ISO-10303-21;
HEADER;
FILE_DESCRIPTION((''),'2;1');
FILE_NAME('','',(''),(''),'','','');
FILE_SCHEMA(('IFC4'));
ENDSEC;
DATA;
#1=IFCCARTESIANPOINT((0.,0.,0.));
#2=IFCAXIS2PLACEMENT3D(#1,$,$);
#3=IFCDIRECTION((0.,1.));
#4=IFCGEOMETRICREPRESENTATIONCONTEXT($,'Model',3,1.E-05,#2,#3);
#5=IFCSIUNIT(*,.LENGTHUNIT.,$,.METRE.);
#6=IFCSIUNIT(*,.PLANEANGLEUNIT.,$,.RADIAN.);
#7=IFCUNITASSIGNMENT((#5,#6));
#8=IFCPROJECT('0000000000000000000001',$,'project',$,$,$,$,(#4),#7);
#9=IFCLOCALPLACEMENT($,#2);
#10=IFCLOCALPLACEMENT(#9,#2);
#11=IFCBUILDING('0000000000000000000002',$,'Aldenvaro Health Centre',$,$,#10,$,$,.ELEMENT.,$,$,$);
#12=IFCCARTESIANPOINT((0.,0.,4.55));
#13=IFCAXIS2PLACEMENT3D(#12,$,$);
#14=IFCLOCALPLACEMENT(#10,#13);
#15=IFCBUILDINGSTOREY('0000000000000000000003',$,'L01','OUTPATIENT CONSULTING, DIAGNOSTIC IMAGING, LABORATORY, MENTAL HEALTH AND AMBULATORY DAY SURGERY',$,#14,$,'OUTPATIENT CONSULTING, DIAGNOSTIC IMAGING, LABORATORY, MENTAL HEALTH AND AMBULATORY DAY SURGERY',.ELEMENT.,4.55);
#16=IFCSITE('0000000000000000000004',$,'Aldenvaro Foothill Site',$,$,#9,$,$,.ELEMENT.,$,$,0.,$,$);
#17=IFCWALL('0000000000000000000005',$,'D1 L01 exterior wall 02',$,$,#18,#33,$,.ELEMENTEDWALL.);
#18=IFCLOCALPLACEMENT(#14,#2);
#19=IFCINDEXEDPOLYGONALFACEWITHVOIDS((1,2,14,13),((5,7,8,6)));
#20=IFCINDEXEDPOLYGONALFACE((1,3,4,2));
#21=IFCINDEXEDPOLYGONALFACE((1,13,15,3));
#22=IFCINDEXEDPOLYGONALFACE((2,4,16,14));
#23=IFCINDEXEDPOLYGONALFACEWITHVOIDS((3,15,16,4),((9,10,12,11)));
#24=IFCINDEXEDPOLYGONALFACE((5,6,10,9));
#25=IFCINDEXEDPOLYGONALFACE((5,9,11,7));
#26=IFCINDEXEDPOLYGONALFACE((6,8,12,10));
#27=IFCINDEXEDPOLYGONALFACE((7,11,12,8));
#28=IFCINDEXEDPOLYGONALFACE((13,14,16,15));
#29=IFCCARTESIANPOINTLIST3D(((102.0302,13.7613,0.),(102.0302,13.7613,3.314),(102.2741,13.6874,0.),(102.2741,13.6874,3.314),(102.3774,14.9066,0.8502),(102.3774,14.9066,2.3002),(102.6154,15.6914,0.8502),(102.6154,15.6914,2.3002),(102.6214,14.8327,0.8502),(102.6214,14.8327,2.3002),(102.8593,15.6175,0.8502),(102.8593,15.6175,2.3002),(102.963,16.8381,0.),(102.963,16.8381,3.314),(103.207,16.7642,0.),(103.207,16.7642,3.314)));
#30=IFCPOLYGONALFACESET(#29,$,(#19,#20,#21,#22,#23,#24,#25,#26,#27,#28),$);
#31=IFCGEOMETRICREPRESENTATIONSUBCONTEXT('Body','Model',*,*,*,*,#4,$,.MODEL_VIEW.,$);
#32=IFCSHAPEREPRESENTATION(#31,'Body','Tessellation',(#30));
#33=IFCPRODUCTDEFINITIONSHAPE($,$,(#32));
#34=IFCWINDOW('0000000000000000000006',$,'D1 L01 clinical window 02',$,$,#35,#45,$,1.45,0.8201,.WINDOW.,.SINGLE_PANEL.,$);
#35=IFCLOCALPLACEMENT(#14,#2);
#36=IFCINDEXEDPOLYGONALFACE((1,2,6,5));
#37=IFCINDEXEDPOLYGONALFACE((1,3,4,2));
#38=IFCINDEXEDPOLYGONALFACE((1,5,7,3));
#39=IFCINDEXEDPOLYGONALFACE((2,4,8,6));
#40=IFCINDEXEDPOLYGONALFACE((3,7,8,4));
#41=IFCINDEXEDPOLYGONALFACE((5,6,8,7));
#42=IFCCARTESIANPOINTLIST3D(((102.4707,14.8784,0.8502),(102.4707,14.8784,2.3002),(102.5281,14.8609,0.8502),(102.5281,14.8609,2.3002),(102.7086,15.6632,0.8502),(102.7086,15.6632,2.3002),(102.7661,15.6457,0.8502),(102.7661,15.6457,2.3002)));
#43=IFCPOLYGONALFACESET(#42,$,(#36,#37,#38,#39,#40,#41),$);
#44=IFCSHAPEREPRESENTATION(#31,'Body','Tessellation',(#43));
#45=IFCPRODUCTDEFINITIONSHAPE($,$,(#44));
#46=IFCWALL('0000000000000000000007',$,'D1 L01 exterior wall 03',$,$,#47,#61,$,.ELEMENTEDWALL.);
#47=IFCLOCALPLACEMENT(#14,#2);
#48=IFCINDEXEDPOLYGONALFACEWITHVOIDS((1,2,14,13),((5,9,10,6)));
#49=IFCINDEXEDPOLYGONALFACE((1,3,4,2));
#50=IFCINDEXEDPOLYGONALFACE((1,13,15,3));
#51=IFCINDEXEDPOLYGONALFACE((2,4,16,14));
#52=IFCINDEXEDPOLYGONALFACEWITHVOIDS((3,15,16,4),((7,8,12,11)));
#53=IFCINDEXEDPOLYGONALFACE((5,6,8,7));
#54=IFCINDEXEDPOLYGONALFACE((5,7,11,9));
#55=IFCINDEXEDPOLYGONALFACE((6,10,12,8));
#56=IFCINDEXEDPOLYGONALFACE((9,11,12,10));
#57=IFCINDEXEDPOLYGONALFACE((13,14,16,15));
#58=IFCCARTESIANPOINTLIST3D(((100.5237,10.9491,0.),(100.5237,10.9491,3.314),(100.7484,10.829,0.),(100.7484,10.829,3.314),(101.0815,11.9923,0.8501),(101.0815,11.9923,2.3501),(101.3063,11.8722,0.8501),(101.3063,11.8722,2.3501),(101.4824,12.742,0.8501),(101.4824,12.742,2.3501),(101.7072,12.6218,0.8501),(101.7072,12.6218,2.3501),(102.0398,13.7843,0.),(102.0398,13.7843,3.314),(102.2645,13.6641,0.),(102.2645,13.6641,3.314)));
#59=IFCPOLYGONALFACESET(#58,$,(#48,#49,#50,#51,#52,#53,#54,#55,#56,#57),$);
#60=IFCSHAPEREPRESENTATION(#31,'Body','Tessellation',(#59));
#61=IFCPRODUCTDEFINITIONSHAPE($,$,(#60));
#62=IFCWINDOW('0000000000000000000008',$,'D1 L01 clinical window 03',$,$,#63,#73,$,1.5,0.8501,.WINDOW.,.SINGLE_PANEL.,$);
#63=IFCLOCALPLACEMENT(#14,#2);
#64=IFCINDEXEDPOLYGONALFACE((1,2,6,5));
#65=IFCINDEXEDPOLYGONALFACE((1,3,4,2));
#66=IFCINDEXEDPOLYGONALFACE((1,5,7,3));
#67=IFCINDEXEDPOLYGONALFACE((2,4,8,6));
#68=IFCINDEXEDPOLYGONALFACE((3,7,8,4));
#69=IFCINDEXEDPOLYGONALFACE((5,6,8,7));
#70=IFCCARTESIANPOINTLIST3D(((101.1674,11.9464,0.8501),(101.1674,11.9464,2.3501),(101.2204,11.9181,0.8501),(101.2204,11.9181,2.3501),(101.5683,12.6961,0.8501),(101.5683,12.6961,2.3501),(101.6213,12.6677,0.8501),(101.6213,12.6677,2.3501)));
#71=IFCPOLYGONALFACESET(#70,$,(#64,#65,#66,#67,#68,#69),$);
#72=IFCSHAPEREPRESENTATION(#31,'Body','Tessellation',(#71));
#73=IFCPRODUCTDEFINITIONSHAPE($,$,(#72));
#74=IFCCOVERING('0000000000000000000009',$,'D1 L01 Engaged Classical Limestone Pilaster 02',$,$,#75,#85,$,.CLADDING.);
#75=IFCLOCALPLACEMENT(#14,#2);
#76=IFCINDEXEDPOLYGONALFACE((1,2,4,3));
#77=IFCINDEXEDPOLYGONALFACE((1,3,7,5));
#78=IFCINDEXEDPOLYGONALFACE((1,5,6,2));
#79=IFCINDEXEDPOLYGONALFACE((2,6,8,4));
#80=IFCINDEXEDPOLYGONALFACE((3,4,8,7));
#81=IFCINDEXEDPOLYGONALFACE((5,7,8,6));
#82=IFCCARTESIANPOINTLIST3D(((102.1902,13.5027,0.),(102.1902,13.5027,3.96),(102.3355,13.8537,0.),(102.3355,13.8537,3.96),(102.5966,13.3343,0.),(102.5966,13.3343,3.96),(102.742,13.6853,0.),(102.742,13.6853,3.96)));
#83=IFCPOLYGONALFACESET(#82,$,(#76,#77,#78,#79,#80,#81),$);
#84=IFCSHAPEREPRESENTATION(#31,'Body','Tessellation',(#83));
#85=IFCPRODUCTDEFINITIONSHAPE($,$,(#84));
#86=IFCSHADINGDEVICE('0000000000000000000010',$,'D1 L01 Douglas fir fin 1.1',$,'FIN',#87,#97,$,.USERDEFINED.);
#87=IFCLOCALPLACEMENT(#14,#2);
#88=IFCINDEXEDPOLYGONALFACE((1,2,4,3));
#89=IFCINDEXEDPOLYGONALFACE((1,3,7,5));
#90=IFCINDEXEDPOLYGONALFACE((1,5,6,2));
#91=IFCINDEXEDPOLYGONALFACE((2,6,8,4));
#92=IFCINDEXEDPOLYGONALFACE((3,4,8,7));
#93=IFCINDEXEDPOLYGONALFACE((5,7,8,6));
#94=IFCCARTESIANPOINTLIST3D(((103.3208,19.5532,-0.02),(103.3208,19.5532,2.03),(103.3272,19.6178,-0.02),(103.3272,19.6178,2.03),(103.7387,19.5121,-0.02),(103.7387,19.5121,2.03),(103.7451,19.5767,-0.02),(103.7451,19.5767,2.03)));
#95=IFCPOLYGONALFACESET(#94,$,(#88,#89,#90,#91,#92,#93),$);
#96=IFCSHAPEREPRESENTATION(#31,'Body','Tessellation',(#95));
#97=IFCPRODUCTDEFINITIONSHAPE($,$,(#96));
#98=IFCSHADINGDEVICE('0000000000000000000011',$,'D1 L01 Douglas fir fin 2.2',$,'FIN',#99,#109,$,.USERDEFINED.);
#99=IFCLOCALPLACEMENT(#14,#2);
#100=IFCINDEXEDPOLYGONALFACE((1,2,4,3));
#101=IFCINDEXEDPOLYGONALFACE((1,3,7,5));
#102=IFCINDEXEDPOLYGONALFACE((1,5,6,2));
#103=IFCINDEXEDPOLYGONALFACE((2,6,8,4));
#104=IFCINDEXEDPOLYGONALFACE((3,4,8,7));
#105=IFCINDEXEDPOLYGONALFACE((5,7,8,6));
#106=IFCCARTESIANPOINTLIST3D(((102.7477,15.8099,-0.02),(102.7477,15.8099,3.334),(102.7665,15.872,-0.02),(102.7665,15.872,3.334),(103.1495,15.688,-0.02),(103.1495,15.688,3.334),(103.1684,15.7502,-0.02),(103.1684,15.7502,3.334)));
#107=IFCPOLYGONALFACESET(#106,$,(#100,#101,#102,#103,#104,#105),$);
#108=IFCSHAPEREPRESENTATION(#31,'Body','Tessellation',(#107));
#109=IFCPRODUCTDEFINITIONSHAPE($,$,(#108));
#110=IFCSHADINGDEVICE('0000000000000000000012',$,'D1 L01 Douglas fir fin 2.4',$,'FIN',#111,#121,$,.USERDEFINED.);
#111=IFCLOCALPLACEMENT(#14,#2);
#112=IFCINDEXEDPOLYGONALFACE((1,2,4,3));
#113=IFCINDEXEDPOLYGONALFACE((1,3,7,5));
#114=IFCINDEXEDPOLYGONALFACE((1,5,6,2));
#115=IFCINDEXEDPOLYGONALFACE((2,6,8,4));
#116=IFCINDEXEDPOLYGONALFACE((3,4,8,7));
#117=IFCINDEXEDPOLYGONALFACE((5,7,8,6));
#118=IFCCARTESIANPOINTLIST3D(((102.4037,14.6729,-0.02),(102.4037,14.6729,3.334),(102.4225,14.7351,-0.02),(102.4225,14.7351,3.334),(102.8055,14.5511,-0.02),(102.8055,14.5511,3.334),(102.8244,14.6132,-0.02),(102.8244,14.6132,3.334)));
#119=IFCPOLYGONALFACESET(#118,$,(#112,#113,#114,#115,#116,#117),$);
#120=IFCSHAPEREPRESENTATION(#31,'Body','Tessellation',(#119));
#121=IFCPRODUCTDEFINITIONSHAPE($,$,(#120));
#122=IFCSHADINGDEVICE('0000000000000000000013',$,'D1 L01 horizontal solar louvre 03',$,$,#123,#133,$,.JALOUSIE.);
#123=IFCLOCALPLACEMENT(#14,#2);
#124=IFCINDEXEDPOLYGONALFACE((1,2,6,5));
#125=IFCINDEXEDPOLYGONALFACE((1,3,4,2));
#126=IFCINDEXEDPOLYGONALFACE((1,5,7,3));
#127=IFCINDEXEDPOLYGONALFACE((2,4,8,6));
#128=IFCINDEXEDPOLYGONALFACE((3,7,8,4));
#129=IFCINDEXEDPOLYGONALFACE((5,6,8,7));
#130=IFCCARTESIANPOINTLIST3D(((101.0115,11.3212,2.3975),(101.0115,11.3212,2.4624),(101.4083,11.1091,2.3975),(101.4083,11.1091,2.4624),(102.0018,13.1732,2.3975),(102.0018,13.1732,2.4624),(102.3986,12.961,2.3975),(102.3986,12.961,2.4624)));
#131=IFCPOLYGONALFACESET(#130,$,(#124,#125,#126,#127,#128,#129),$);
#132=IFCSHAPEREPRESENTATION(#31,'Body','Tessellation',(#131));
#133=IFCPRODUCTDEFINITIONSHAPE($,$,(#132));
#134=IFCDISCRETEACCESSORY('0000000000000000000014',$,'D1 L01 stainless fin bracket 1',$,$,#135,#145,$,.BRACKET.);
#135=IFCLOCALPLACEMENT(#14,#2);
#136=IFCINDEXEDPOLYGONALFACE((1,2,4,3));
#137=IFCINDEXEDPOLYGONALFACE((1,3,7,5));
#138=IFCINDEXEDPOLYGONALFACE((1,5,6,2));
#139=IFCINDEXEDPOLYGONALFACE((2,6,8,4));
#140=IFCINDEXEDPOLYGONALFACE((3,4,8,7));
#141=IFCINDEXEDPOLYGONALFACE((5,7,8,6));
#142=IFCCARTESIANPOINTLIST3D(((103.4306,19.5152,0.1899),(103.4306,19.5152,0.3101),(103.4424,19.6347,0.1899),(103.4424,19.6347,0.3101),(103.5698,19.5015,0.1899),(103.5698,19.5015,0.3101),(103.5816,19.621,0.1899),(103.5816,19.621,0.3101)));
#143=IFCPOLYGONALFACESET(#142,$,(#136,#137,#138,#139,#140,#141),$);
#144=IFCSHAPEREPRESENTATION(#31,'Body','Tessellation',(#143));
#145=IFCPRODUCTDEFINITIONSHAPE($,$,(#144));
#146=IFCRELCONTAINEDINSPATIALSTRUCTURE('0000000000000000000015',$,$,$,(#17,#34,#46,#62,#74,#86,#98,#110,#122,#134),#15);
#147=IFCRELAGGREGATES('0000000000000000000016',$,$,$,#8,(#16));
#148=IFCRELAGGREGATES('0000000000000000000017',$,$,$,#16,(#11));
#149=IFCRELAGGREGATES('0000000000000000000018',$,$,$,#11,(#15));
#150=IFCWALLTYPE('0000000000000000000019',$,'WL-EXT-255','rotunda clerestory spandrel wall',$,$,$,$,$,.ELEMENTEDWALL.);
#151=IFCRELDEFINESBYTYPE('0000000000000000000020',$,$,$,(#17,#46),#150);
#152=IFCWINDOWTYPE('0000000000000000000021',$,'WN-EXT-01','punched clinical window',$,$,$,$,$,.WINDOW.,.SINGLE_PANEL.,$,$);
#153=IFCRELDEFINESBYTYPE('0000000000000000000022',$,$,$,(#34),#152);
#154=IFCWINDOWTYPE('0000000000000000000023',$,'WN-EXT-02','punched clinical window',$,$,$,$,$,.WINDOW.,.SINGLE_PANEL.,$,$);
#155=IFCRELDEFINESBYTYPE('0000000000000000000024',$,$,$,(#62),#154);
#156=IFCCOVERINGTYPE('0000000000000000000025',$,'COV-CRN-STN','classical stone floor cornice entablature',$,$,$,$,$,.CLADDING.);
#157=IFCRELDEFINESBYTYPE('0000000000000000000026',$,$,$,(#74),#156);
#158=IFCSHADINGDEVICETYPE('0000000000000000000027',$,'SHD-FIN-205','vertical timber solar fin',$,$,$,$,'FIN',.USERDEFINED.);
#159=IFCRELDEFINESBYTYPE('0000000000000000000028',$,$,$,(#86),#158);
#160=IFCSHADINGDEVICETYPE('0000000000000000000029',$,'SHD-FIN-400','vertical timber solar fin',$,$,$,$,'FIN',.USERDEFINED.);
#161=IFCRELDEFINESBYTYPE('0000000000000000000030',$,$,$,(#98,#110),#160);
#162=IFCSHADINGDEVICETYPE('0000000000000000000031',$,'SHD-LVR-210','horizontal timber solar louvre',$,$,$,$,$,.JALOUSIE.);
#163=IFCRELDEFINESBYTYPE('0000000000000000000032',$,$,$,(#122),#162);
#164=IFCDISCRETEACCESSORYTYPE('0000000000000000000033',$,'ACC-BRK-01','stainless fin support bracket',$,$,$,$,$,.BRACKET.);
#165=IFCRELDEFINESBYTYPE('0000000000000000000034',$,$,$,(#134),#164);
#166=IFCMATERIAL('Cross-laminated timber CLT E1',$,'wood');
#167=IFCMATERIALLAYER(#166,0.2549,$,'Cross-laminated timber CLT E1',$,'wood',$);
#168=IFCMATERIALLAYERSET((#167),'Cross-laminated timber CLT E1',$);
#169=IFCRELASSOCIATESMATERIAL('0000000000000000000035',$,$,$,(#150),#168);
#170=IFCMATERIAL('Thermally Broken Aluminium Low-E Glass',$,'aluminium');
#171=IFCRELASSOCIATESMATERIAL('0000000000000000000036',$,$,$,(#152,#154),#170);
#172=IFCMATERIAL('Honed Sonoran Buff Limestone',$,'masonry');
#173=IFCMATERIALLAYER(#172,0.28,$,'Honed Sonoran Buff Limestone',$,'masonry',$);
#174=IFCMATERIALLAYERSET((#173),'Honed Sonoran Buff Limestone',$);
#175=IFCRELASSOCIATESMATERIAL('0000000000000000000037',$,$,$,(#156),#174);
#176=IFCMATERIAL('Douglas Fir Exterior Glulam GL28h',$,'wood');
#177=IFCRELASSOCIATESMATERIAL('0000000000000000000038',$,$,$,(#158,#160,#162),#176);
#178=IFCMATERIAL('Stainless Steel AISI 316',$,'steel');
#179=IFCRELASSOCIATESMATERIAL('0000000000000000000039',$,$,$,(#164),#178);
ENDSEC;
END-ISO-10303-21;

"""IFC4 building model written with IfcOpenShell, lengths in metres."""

from ifc_helpers import new_model, si_unit, direction, frame, frame_2d, origin, origin_2d, place, context, subcontext, project, spatial, rectangle, extrude, material, layer, layer_set, type_object, element, fill, save


model = new_model("IFC4")

# Units and contexts
model_context = context("Model", 3, precision=1e-05, world=origin(), true_north=direction((0.0, 1.0)))
body_context = subcontext(model_context, "Body", "Model", "MODEL_VIEW")
ifc_project = project(units=[si_unit("LENGTHUNIT", "METRE"), si_unit("PLANEANGLEUNIT", "RADIAN")], contexts=[model_context])

# Site, building, storey
site_placement = place(None, origin())
site = spatial("IfcSite", under=ifc_project, at=site_placement, Name="Aldenvaro Foothill Site", CompositionType="ELEMENT", RefElevation=0.0)
building_placement = place(site_placement, origin())
building = spatial("IfcBuilding", under=site, at=building_placement, Name="Aldenvaro Health Centre", CompositionType="ELEMENT")
storey_placement = place(building_placement, frame((0.0, 0.0, 4.55)))
storey = spatial("IfcBuildingStorey", under=building, at=storey_placement, Name="L01", Description="OUTPATIENT CONSULTING, DIAGNOSTIC IMAGING, LABORATORY, MENTAL HEALTH AND AMBULATORY DAY SURGERY", LongName="OUTPATIENT CONSULTING, DIAGNOSTIC IMAGING, LABORATORY, MENTAL HEALTH AND AMBULATORY DAY SURGERY", CompositionType="ELEMENT", Elevation=4.55)

# Walls, openings, windows
ifc_material_1 = material(Name="Cross-laminated timber CLT E1", Category="wood")
ifc_layer_1 = layer(ifc_material_1, 0.2549, Name="Cross-laminated timber CLT E1", Category="wood")
ifc_layer_set_1 = layer_set([ifc_layer_1], Name="Cross-laminated timber CLT E1")
wall_type = type_object("IfcWallType", Name="WL-EXT-255", Description="rotunda clerestory spandrel wall", PredefinedType="ELEMENTEDWALL", material=ifc_layer_set_1)
wall_1_placement = place(storey_placement, frame((103.085, 16.801, 0.0), z_axis=(0.0, 0.0, 1.0), x_axis=(-0.29014, -0.956984, 0.0)))
wall_1 = element("IfcWall", 1, at=wall_1_placement, inside=storey, type_object=wall_type, Name="D1 L01 exterior wall 02", PredefinedType="ELEMENTEDWALL", context=body_context, shape_type="SweptSolid", body=[
    extrude(rectangle(XDim=3.2151, YDim=0.2549, at=frame_2d((1.6074, 0.0))), origin(), (0.0, 0.0, 1.0), 3.314),
])
opening_1_placement = place(wall_1_placement, frame((1.198, 0.0, 0.8501)))
opening_1 = element("IfcOpeningElement", 2, at=opening_1_placement, cuts=wall_1, PredefinedType="OPENING", context=body_context, shape_type="SweptSolid", body=[
    extrude(rectangle(XDim=0.8201, YDim=1.45, at=frame_2d((0.4102, 0.7251))), frame((0.0, 0.1375, 0.0), z_axis=(0.0, -1.0, 0.0), x_axis=(1.0, 0.0, 0.0)), (0.0, 0.0, 1.0), 0.2749),
])
ifc_material_2 = material(Name="Thermally Broken Aluminium Low-E Glass", Category="aluminium")
window_type_1 = type_object("IfcWindowType", Name="WN-EXT-01", Description="punched clinical window", PartitioningType="SINGLE_PANEL", PredefinedType="WINDOW", material=ifc_material_2)
window_1_placement = place(opening_1_placement, origin())
window_1 = element("IfcWindow", 3, at=window_1_placement, inside=storey, type_object=window_type_1, Name="D1 L01 clinical window 02", OverallHeight=1.45, OverallWidth=0.8201, PartitioningType="SINGLE_PANEL", PredefinedType="WINDOW", context=body_context, shape_type="SweptSolid", body=[
    extrude(rectangle(XDim=0.8201, YDim=1.45, at=frame_2d((0.4102, 0.7251))), frame((0.0, 0.03, 0.0), z_axis=(0.0, -1.0, 0.0), x_axis=(1.0, 0.0, 0.0)), (0.0, 0.0, 1.0), 0.0601),
])
fill(opening_1, window_1)
wall_2_placement = place(storey_placement, frame((102.1521, 13.7241, 0.0), z_axis=(0.0, 0.0, 1.0), x_axis=(-0.471558, -0.881835, 0.0)))
wall_2 = element("IfcWall", 4, at=wall_2_placement, inside=storey, type_object=wall_type, Name="D1 L01 exterior wall 03", PredefinedType="ELEMENTEDWALL", context=body_context, shape_type="SweptSolid", body=[
    extrude(rectangle(XDim=3.2151, YDim=0.2549, at=frame_2d((1.6074, 0.0))), origin(), (0.0, 0.0, 1.0), 3.314),
])
opening_2_placement = place(wall_2_placement, frame((1.1819, 0.0, 0.8501)))
opening_2 = element("IfcOpeningElement", 5, at=opening_2_placement, cuts=wall_2, PredefinedType="OPENING", context=body_context, shape_type="SweptSolid", body=[
    extrude(rectangle(XDim=0.8501, YDim=1.5, at=frame_2d((0.425, 0.75))), frame((0.0, 0.1375, 0.0), z_axis=(0.0, -1.0, 0.0), x_axis=(1.0, 0.0, 0.0)), (0.0, 0.0, 1.0), 0.2749),
])
window_type_2 = type_object("IfcWindowType", Name="WN-EXT-02", Description="punched clinical window", PartitioningType="SINGLE_PANEL", PredefinedType="WINDOW", material=ifc_material_2)
window_2_placement = place(opening_2_placement, origin())
window_2 = element("IfcWindow", 6, at=window_2_placement, inside=storey, type_object=window_type_2, Name="D1 L01 clinical window 03", OverallHeight=1.5, OverallWidth=0.8501, PartitioningType="SINGLE_PANEL", PredefinedType="WINDOW", context=body_context, shape_type="SweptSolid", body=[
    extrude(rectangle(XDim=0.8501, YDim=1.5, at=frame_2d((0.425, 0.75))), frame((0.0, 0.03, 0.0), z_axis=(0.0, -1.0, 0.0), x_axis=(1.0, 0.0, 0.0)), (0.0, 0.0, 1.0), 0.0601),
])
fill(opening_2, window_2)

# Covering
ifc_material_3 = material(Name="Honed Sonoran Buff Limestone", Category="masonry")
ifc_layer_2 = layer(ifc_material_3, 0.28, Name="Honed Sonoran Buff Limestone", Category="masonry")
ifc_layer_set_2 = layer_set([ifc_layer_2], Name="Honed Sonoran Buff Limestone")
covering_type = type_object("IfcCoveringType", Name="COV-CRN-STN", Description="classical stone floor cornice entablature", PredefinedType="CLADDING", material=ifc_layer_set_2)
covering_placement = place(storey_placement, frame((102.4661, 13.594, 0.0), z_axis=(0.0, 0.0, 1.0), x_axis=(0.923883, -0.382675, 0.0)))
element("IfcCovering", 7, at=covering_placement, inside=storey, type_object=covering_type, Name="D1 L01 Engaged Classical Limestone Pilaster 02", PredefinedType="CLADDING", context=body_context, shape_type="SweptSolid", body=[
    extrude(rectangle(XDim=0.4399, YDim=0.3799, at=origin_2d()), origin(), (0.0, 0.0, 1.0), 3.96),
])

# Shading devices
ifc_material_4 = material(Name="Douglas Fir Exterior Glulam GL28h", Category="wood")
shading_device_type_1 = type_object("IfcShadingDeviceType", Name="SHD-FIN-205", Description="vertical timber solar fin", ElementType="FIN", PredefinedType="USERDEFINED", material=ifc_material_4)
shading_device_1_placement = place(storey_placement, frame((103.533, 19.5649, -0.02), z_axis=(0.0, 0.0, 1.0), x_axis=(-0.097994, -0.995187, 0.0)))
element("IfcShadingDevice", 8, at=shading_device_1_placement, inside=storey, type_object=shading_device_type_1, Name="D1 L01 Douglas fir fin 1.1", ObjectType="FIN", PredefinedType="USERDEFINED", context=body_context, shape_type="SweptSolid", body=[
    extrude(rectangle(XDim=0.0649, YDim=0.4199, at=origin_2d()), origin(), (0.0, 0.0, 1.0), 2.05),
])
shading_device_type_2 = type_object("IfcShadingDeviceType", Name="SHD-FIN-400", Description="vertical timber solar fin", ElementType="FIN", PredefinedType="USERDEFINED", material=ifc_material_4)
for number, where, z_axis, x_axis, name in (
    (9, (102.958, 15.78, -0.02), (0.0, 0.0, 1.0), (-0.290171, -0.956975, 0.0), "D1 L01 Douglas fir fin 2.2"),
    (10, (102.614, 14.6431, -0.02), (0.0, 0.0, 1.0), (-0.290171, -0.956975, 0.0), "D1 L01 Douglas fir fin 2.4"),
):
    element("IfcShadingDevice", number, at=place(storey_placement, frame(where, z_axis=z_axis, x_axis=x_axis)), inside=storey, type_object=shading_device_type_2, Name=name, ObjectType="FIN", PredefinedType="USERDEFINED", context=body_context, shape_type="SweptSolid", body=[
        extrude(rectangle(XDim=0.0649, YDim=0.4199, at=origin_2d()), origin(), (0.0, 0.0, 1.0), 3.354),
    ])
shading_device_type_3 = type_object("IfcShadingDeviceType", Name="SHD-LVR-210", Description="horizontal timber solar louvre", PredefinedType="JALOUSIE", material=ifc_material_4)
shading_device_2_placement = place(storey_placement, frame((101.7051, 12.1411, 2.3975), z_axis=(0.0, 0.0, 1.0), x_axis=(-0.471557, -0.881836, 0.0)))
element("IfcShadingDevice", 11, at=shading_device_2_placement, inside=storey, type_object=shading_device_type_3, Name="D1 L01 horizontal solar louvre 03", PredefinedType="JALOUSIE", context=body_context, shape_type="SweptSolid", body=[
    extrude(rectangle(XDim=2.1001, YDim=0.45, at=origin_2d()), origin(), (0.0, 0.0, 1.0), 0.0649),
])

# Discrete accessory
ifc_material_5 = material(Name="Stainless Steel AISI 316", Category="steel")
discrete_accessory_type = type_object("IfcDiscreteAccessoryType", Name="ACC-BRK-01", Description="stainless fin support bracket", PredefinedType="BRACKET", material=ifc_material_5)
discrete_accessory_placement = place(storey_placement, frame((103.5061, 19.5681, 0.1899), z_axis=(0.0, 0.0, 1.0), x_axis=(-0.097994, -0.995187, 0.0)))
element("IfcDiscreteAccessory", 12, at=discrete_accessory_placement, inside=storey, type_object=discrete_accessory_type, Name="D1 L01 stainless fin bracket 1", PredefinedType="BRACKET", context=body_context, shape_type="SweptSolid", body=[
    extrude(rectangle(XDim=0.1201, YDim=0.1399, at=origin_2d()), origin(), (0.0, 0.0, 1.0), 0.1201),
])

save(model, "model.ifc")
